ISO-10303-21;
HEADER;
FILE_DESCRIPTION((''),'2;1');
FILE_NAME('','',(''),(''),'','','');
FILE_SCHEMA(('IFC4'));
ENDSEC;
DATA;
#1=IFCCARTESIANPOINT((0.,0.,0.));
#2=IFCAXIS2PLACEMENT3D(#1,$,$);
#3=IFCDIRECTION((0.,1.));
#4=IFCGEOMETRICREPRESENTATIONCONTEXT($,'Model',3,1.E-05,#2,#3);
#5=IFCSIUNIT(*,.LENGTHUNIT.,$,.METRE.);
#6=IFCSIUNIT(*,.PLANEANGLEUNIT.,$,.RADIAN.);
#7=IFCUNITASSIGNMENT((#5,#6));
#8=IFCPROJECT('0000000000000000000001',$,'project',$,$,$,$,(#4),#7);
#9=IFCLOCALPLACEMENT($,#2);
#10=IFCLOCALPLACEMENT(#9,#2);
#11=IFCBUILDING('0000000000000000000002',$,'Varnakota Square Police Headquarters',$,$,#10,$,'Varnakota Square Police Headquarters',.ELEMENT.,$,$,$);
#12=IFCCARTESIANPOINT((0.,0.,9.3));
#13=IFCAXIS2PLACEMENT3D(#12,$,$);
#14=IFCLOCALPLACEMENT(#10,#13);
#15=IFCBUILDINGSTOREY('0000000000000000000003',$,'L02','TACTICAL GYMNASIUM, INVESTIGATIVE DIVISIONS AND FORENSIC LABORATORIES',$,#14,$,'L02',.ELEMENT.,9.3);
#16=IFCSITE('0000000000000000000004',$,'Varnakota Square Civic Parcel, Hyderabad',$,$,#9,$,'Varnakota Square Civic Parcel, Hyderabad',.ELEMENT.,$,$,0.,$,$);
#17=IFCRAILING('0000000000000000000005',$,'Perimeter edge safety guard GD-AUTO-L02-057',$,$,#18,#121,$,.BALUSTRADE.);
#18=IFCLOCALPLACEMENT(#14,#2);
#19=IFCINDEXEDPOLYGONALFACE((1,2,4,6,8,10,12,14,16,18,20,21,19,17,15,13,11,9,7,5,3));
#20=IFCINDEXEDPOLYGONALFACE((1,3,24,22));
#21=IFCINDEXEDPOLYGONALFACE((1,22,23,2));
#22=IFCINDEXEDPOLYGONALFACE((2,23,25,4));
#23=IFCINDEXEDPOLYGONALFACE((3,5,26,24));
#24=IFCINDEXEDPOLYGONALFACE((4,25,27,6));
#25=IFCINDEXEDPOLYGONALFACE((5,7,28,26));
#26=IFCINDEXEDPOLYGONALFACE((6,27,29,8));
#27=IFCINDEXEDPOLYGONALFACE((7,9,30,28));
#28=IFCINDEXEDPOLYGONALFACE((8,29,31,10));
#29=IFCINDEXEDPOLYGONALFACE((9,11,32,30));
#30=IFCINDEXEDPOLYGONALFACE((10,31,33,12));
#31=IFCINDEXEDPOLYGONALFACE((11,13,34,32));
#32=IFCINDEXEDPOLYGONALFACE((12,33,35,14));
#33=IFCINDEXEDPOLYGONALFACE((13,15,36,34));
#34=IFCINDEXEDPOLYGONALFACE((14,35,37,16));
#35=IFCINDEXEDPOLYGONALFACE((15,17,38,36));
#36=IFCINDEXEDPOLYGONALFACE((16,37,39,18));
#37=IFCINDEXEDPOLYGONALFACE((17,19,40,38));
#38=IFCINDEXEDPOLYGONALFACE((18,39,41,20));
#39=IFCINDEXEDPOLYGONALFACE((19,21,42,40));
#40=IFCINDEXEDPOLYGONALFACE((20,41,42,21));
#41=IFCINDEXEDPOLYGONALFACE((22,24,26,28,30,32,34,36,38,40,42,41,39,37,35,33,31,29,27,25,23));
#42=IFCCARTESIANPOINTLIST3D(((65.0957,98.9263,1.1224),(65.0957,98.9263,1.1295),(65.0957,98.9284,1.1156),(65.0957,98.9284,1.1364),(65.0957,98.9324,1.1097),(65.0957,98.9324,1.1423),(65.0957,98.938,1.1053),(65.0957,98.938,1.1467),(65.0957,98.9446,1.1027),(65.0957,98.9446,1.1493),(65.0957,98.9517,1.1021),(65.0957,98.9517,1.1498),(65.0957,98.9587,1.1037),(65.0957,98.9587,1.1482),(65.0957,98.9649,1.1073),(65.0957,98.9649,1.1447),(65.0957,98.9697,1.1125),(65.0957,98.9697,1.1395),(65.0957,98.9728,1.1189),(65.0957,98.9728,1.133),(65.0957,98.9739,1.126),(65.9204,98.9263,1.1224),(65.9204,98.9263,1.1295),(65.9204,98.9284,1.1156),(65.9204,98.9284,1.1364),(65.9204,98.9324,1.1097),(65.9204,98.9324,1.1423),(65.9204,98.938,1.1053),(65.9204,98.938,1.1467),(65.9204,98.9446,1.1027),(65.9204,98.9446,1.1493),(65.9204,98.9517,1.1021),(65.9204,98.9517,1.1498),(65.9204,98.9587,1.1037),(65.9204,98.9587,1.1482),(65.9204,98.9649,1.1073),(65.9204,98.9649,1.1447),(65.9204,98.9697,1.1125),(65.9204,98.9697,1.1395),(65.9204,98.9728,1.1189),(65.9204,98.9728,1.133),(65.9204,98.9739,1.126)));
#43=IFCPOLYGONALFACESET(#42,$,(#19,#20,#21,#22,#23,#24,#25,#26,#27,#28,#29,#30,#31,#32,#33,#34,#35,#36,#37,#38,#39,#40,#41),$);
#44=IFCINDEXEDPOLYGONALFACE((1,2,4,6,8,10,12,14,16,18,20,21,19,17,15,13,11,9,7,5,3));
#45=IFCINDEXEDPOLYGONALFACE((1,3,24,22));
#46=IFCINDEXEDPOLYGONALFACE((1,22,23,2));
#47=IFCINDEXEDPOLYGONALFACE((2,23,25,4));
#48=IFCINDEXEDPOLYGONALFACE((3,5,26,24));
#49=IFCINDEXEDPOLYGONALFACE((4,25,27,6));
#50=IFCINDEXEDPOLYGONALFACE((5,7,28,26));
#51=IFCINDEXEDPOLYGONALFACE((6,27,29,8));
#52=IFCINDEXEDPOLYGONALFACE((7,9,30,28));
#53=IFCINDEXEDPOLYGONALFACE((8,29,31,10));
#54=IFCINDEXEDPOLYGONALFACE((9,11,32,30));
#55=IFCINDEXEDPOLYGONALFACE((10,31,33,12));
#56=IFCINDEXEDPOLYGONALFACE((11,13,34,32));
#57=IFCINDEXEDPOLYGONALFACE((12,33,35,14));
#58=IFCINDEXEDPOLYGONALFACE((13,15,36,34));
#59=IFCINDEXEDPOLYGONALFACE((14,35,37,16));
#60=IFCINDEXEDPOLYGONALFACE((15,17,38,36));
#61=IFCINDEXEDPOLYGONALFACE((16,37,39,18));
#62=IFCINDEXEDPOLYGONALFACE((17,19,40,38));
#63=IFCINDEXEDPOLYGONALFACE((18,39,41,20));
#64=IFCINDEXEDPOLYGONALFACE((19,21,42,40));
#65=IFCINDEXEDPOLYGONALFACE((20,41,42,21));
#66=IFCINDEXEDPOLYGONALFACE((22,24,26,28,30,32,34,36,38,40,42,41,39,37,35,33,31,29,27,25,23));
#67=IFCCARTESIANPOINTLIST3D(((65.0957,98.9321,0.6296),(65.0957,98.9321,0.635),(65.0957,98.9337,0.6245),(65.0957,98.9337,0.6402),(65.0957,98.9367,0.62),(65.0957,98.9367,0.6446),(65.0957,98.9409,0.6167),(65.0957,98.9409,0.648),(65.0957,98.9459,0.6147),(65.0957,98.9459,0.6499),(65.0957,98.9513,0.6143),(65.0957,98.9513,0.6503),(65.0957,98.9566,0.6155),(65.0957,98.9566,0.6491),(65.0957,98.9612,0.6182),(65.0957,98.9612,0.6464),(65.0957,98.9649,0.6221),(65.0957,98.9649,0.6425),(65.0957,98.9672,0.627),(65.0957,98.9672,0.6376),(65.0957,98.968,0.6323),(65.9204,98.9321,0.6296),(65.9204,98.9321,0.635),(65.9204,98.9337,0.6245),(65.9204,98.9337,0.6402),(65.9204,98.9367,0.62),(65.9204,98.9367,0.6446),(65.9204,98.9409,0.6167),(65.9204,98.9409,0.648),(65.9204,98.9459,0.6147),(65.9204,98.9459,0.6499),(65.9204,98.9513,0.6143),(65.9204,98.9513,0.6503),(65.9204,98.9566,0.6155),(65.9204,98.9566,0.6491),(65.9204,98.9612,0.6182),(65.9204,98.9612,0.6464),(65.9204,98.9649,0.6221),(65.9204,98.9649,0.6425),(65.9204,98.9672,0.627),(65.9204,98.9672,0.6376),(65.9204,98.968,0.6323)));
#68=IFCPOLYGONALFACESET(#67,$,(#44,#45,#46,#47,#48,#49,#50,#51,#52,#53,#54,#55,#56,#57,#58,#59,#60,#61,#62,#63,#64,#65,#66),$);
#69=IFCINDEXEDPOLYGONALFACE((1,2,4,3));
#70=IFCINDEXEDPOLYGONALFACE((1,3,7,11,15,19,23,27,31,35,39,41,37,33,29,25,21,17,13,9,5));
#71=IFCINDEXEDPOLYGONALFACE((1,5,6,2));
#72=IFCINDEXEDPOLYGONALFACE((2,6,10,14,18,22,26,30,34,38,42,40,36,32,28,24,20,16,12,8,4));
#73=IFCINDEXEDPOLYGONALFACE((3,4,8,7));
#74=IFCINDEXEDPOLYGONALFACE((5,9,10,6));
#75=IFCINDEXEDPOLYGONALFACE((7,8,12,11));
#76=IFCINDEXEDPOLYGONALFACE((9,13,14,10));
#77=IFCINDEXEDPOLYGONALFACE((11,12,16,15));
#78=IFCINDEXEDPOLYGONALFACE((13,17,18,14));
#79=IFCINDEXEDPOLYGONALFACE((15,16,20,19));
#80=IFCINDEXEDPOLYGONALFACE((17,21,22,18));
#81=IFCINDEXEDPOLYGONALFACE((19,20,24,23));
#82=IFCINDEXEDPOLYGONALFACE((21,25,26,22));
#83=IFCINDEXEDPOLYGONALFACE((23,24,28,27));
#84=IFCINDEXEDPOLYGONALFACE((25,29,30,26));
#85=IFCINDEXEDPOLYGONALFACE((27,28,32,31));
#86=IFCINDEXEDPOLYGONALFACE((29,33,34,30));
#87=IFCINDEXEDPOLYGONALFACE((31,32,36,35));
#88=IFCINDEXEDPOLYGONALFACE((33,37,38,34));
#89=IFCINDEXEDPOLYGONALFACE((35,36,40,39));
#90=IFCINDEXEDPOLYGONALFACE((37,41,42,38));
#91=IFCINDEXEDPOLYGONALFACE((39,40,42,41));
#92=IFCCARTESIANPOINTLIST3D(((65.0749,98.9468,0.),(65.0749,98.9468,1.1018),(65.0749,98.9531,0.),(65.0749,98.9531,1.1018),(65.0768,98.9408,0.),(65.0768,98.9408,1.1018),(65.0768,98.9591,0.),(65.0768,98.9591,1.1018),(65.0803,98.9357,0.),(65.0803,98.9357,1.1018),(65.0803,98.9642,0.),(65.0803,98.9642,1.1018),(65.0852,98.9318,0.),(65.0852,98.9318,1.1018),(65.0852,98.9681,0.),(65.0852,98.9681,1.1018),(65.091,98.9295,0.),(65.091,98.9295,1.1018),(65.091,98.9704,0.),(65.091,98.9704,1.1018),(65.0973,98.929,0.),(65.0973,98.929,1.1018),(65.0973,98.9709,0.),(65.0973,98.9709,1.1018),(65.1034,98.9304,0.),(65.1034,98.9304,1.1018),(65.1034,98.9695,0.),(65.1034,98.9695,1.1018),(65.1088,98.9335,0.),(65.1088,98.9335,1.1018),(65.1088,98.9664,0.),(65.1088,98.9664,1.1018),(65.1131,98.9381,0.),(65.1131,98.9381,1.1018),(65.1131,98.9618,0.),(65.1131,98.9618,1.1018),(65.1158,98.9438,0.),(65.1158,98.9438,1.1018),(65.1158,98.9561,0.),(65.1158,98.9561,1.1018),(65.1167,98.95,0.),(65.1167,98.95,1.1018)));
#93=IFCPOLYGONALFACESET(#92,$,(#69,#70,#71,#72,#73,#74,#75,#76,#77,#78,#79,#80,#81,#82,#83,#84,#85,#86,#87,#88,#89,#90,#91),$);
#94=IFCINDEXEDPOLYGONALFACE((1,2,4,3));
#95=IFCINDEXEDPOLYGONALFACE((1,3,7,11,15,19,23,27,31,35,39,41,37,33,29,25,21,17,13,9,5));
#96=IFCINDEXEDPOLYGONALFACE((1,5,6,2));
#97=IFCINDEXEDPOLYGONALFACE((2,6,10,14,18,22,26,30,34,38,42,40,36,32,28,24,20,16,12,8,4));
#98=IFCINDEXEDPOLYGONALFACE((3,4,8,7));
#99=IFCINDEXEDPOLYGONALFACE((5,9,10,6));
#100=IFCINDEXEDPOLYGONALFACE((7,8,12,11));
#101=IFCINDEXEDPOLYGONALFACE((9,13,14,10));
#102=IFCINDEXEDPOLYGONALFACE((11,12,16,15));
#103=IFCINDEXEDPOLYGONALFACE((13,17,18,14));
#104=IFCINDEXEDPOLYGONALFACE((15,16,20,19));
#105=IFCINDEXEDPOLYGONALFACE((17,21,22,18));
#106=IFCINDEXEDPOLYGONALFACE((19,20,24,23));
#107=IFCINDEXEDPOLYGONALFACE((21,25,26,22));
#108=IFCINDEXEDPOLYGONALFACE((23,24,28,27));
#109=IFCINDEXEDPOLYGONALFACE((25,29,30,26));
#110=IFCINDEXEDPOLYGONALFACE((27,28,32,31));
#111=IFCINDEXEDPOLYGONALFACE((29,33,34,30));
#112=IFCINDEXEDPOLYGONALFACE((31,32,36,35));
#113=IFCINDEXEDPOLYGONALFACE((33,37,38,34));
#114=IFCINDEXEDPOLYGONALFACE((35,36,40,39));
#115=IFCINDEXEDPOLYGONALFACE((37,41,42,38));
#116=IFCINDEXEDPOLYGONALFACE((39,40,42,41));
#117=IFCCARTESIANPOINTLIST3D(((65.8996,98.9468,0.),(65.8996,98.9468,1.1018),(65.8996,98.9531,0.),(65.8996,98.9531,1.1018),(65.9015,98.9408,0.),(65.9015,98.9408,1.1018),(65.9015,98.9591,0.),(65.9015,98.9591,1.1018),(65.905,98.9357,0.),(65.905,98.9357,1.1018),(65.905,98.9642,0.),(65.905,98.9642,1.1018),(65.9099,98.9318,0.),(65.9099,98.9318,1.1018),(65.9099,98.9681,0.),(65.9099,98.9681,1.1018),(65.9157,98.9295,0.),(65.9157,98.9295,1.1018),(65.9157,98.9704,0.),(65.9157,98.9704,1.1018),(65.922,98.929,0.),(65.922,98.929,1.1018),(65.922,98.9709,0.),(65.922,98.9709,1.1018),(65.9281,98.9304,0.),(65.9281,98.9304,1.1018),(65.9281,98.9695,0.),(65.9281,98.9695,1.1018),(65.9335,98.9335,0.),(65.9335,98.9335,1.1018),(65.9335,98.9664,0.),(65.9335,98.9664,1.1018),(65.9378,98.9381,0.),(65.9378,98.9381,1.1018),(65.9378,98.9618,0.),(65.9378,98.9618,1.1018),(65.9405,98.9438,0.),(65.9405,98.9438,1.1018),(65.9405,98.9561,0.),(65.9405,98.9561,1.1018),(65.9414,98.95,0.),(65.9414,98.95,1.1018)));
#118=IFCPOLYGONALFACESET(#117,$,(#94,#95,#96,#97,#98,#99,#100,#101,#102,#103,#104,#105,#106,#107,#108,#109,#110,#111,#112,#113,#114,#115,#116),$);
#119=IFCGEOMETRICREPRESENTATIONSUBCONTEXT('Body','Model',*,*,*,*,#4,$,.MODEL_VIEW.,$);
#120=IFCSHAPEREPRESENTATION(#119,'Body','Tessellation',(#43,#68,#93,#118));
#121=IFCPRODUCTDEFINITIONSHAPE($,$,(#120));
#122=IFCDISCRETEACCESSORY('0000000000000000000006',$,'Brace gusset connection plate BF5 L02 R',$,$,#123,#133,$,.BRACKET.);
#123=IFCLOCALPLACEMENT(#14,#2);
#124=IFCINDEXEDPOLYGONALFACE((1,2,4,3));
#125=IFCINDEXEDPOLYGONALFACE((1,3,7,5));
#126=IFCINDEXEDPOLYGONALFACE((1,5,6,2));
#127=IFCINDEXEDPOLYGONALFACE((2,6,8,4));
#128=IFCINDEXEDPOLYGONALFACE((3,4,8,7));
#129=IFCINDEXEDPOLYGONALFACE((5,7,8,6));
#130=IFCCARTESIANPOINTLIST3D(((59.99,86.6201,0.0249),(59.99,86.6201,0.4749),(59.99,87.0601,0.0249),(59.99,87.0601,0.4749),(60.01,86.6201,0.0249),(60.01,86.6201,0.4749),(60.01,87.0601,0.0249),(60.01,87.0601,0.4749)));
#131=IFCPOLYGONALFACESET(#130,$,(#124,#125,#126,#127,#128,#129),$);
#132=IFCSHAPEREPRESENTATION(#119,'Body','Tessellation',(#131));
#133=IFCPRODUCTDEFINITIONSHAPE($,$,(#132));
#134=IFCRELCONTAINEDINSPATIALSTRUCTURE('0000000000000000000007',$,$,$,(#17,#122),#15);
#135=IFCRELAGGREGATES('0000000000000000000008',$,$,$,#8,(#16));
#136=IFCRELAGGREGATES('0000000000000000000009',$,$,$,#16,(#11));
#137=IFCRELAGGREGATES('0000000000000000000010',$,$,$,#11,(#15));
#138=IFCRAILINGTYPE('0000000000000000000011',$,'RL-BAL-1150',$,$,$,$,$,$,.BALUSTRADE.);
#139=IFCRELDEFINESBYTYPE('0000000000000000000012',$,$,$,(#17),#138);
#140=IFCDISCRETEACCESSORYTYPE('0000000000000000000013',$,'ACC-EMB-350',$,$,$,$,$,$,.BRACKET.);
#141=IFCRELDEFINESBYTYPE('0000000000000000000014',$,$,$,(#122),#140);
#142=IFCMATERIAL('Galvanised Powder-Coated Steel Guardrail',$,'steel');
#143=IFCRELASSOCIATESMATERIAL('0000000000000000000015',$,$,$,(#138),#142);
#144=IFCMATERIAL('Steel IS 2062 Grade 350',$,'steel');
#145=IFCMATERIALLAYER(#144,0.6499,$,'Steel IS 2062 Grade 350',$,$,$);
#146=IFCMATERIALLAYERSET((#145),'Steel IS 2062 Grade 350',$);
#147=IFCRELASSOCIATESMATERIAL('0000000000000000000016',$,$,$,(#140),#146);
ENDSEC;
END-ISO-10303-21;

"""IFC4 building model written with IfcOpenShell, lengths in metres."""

from ifc_helpers import new_model, si_unit, direction, frame, origin, origin_2d, place, context, subcontext, project, spatial, rectangle, circle, extrude, material, layer, layer_set, type_object, element, save


model = new_model("IFC4")

# Units and contexts
model_context = context("Model", 3, precision=1e-05, world=origin(), true_north=direction((0.0, 1.0)))
body_context = subcontext(model_context, "Body", "Model", "MODEL_VIEW")
ifc_project = project(units=[si_unit("LENGTHUNIT", "METRE"), si_unit("PLANEANGLEUNIT", "RADIAN")], contexts=[model_context])

# Site, building, storey
site_placement = place(None, origin())
site = spatial("IfcSite", under=ifc_project, at=site_placement, Name="Varnakota Square Civic Parcel, Hyderabad", LongName="Varnakota Square Civic Parcel, Hyderabad", CompositionType="ELEMENT", RefElevation=0.0)
building_placement = place(site_placement, origin())
building = spatial("IfcBuilding", under=site, at=building_placement, Name="Varnakota Square Police Headquarters", LongName="Varnakota Square Police Headquarters", CompositionType="ELEMENT")
storey_placement = place(building_placement, frame((0.0, 0.0, 9.3)))
storey = spatial("IfcBuildingStorey", under=building, at=storey_placement, Name="L02", Description="TACTICAL GYMNASIUM, INVESTIGATIVE DIVISIONS AND FORENSIC LABORATORIES", LongName="L02", CompositionType="ELEMENT", Elevation=9.3)

# Shared definitions
ifc_material_1 = material(Name="Steel IS 2062 Grade 350", Category="steel")

# Railing
ifc_material_2 = material(Name="Galvanised Powder-Coated Steel Guardrail", Category="steel")
railing_type = type_object("IfcRailingType", Name="RL-BAL-1150", PredefinedType="BALUSTRADE", material=ifc_material_2)
railing_1_placement = place(storey_placement, frame((65.0957, 98.95, 0.0)))
element("IfcRailing", 1, at=railing_1_placement, inside=storey, type_object=railing_type, Name="Perimeter edge safety guard GD-AUTO-L02-057", PredefinedType="BALUSTRADE", context=body_context, shape_type="SweptSolid", body=[
    extrude(circle(Radius=0.0239, at=origin_2d()), frame((0.0, 0.0, 1.126), z_axis=(1.0, 0.0, 0.0), x_axis=(0.0, 1.0, 0.0)), (0.0, 0.0, 1.0), 0.8247),
    extrude(circle(Radius=0.0181, at=origin_2d()), frame((0.0, 0.0, 0.6323), z_axis=(1.0, 0.0, 0.0), x_axis=(0.0, 1.0, 0.0)), (0.0, 0.0, 1.0), 0.8247),
    extrude(circle(Radius=0.021, at=origin_2d()), origin(), (0.0, 0.0, 1.0), 1.1018),
    extrude(circle(Radius=0.021, at=origin_2d()), frame((0.8247, 0.0, 0.0)), (0.0, 0.0, 1.0), 1.1018),
])

# Discrete accessory
ifc_layer_1 = layer(ifc_material_1, 0.6499, Name="Steel IS 2062 Grade 350")
ifc_layer_set_1 = layer_set([ifc_layer_1], Name="Steel IS 2062 Grade 350")
discrete_accessory_type = type_object("IfcDiscreteAccessoryType", Name="ACC-EMB-350", PredefinedType="BRACKET", material=ifc_layer_set_1)
discrete_accessory_placement = place(storey_placement, frame((60.0, 86.8401, 0.0249), z_axis=(0.0, 0.0, 1.0), x_axis=(0.0, 1.0, 0.0)))
element("IfcDiscreteAccessory", 2, at=discrete_accessory_placement, inside=storey, type_object=discrete_accessory_type, Name="Brace gusset connection plate BF5 L02 R", PredefinedType="BRACKET", context=body_context, shape_type="SweptSolid", body=[
    extrude(rectangle(XDim=0.4399, YDim=0.02, at=origin_2d()), origin(), (0.0, 0.0, 1.0), 0.45),
])

save(model, "model.ifc")
